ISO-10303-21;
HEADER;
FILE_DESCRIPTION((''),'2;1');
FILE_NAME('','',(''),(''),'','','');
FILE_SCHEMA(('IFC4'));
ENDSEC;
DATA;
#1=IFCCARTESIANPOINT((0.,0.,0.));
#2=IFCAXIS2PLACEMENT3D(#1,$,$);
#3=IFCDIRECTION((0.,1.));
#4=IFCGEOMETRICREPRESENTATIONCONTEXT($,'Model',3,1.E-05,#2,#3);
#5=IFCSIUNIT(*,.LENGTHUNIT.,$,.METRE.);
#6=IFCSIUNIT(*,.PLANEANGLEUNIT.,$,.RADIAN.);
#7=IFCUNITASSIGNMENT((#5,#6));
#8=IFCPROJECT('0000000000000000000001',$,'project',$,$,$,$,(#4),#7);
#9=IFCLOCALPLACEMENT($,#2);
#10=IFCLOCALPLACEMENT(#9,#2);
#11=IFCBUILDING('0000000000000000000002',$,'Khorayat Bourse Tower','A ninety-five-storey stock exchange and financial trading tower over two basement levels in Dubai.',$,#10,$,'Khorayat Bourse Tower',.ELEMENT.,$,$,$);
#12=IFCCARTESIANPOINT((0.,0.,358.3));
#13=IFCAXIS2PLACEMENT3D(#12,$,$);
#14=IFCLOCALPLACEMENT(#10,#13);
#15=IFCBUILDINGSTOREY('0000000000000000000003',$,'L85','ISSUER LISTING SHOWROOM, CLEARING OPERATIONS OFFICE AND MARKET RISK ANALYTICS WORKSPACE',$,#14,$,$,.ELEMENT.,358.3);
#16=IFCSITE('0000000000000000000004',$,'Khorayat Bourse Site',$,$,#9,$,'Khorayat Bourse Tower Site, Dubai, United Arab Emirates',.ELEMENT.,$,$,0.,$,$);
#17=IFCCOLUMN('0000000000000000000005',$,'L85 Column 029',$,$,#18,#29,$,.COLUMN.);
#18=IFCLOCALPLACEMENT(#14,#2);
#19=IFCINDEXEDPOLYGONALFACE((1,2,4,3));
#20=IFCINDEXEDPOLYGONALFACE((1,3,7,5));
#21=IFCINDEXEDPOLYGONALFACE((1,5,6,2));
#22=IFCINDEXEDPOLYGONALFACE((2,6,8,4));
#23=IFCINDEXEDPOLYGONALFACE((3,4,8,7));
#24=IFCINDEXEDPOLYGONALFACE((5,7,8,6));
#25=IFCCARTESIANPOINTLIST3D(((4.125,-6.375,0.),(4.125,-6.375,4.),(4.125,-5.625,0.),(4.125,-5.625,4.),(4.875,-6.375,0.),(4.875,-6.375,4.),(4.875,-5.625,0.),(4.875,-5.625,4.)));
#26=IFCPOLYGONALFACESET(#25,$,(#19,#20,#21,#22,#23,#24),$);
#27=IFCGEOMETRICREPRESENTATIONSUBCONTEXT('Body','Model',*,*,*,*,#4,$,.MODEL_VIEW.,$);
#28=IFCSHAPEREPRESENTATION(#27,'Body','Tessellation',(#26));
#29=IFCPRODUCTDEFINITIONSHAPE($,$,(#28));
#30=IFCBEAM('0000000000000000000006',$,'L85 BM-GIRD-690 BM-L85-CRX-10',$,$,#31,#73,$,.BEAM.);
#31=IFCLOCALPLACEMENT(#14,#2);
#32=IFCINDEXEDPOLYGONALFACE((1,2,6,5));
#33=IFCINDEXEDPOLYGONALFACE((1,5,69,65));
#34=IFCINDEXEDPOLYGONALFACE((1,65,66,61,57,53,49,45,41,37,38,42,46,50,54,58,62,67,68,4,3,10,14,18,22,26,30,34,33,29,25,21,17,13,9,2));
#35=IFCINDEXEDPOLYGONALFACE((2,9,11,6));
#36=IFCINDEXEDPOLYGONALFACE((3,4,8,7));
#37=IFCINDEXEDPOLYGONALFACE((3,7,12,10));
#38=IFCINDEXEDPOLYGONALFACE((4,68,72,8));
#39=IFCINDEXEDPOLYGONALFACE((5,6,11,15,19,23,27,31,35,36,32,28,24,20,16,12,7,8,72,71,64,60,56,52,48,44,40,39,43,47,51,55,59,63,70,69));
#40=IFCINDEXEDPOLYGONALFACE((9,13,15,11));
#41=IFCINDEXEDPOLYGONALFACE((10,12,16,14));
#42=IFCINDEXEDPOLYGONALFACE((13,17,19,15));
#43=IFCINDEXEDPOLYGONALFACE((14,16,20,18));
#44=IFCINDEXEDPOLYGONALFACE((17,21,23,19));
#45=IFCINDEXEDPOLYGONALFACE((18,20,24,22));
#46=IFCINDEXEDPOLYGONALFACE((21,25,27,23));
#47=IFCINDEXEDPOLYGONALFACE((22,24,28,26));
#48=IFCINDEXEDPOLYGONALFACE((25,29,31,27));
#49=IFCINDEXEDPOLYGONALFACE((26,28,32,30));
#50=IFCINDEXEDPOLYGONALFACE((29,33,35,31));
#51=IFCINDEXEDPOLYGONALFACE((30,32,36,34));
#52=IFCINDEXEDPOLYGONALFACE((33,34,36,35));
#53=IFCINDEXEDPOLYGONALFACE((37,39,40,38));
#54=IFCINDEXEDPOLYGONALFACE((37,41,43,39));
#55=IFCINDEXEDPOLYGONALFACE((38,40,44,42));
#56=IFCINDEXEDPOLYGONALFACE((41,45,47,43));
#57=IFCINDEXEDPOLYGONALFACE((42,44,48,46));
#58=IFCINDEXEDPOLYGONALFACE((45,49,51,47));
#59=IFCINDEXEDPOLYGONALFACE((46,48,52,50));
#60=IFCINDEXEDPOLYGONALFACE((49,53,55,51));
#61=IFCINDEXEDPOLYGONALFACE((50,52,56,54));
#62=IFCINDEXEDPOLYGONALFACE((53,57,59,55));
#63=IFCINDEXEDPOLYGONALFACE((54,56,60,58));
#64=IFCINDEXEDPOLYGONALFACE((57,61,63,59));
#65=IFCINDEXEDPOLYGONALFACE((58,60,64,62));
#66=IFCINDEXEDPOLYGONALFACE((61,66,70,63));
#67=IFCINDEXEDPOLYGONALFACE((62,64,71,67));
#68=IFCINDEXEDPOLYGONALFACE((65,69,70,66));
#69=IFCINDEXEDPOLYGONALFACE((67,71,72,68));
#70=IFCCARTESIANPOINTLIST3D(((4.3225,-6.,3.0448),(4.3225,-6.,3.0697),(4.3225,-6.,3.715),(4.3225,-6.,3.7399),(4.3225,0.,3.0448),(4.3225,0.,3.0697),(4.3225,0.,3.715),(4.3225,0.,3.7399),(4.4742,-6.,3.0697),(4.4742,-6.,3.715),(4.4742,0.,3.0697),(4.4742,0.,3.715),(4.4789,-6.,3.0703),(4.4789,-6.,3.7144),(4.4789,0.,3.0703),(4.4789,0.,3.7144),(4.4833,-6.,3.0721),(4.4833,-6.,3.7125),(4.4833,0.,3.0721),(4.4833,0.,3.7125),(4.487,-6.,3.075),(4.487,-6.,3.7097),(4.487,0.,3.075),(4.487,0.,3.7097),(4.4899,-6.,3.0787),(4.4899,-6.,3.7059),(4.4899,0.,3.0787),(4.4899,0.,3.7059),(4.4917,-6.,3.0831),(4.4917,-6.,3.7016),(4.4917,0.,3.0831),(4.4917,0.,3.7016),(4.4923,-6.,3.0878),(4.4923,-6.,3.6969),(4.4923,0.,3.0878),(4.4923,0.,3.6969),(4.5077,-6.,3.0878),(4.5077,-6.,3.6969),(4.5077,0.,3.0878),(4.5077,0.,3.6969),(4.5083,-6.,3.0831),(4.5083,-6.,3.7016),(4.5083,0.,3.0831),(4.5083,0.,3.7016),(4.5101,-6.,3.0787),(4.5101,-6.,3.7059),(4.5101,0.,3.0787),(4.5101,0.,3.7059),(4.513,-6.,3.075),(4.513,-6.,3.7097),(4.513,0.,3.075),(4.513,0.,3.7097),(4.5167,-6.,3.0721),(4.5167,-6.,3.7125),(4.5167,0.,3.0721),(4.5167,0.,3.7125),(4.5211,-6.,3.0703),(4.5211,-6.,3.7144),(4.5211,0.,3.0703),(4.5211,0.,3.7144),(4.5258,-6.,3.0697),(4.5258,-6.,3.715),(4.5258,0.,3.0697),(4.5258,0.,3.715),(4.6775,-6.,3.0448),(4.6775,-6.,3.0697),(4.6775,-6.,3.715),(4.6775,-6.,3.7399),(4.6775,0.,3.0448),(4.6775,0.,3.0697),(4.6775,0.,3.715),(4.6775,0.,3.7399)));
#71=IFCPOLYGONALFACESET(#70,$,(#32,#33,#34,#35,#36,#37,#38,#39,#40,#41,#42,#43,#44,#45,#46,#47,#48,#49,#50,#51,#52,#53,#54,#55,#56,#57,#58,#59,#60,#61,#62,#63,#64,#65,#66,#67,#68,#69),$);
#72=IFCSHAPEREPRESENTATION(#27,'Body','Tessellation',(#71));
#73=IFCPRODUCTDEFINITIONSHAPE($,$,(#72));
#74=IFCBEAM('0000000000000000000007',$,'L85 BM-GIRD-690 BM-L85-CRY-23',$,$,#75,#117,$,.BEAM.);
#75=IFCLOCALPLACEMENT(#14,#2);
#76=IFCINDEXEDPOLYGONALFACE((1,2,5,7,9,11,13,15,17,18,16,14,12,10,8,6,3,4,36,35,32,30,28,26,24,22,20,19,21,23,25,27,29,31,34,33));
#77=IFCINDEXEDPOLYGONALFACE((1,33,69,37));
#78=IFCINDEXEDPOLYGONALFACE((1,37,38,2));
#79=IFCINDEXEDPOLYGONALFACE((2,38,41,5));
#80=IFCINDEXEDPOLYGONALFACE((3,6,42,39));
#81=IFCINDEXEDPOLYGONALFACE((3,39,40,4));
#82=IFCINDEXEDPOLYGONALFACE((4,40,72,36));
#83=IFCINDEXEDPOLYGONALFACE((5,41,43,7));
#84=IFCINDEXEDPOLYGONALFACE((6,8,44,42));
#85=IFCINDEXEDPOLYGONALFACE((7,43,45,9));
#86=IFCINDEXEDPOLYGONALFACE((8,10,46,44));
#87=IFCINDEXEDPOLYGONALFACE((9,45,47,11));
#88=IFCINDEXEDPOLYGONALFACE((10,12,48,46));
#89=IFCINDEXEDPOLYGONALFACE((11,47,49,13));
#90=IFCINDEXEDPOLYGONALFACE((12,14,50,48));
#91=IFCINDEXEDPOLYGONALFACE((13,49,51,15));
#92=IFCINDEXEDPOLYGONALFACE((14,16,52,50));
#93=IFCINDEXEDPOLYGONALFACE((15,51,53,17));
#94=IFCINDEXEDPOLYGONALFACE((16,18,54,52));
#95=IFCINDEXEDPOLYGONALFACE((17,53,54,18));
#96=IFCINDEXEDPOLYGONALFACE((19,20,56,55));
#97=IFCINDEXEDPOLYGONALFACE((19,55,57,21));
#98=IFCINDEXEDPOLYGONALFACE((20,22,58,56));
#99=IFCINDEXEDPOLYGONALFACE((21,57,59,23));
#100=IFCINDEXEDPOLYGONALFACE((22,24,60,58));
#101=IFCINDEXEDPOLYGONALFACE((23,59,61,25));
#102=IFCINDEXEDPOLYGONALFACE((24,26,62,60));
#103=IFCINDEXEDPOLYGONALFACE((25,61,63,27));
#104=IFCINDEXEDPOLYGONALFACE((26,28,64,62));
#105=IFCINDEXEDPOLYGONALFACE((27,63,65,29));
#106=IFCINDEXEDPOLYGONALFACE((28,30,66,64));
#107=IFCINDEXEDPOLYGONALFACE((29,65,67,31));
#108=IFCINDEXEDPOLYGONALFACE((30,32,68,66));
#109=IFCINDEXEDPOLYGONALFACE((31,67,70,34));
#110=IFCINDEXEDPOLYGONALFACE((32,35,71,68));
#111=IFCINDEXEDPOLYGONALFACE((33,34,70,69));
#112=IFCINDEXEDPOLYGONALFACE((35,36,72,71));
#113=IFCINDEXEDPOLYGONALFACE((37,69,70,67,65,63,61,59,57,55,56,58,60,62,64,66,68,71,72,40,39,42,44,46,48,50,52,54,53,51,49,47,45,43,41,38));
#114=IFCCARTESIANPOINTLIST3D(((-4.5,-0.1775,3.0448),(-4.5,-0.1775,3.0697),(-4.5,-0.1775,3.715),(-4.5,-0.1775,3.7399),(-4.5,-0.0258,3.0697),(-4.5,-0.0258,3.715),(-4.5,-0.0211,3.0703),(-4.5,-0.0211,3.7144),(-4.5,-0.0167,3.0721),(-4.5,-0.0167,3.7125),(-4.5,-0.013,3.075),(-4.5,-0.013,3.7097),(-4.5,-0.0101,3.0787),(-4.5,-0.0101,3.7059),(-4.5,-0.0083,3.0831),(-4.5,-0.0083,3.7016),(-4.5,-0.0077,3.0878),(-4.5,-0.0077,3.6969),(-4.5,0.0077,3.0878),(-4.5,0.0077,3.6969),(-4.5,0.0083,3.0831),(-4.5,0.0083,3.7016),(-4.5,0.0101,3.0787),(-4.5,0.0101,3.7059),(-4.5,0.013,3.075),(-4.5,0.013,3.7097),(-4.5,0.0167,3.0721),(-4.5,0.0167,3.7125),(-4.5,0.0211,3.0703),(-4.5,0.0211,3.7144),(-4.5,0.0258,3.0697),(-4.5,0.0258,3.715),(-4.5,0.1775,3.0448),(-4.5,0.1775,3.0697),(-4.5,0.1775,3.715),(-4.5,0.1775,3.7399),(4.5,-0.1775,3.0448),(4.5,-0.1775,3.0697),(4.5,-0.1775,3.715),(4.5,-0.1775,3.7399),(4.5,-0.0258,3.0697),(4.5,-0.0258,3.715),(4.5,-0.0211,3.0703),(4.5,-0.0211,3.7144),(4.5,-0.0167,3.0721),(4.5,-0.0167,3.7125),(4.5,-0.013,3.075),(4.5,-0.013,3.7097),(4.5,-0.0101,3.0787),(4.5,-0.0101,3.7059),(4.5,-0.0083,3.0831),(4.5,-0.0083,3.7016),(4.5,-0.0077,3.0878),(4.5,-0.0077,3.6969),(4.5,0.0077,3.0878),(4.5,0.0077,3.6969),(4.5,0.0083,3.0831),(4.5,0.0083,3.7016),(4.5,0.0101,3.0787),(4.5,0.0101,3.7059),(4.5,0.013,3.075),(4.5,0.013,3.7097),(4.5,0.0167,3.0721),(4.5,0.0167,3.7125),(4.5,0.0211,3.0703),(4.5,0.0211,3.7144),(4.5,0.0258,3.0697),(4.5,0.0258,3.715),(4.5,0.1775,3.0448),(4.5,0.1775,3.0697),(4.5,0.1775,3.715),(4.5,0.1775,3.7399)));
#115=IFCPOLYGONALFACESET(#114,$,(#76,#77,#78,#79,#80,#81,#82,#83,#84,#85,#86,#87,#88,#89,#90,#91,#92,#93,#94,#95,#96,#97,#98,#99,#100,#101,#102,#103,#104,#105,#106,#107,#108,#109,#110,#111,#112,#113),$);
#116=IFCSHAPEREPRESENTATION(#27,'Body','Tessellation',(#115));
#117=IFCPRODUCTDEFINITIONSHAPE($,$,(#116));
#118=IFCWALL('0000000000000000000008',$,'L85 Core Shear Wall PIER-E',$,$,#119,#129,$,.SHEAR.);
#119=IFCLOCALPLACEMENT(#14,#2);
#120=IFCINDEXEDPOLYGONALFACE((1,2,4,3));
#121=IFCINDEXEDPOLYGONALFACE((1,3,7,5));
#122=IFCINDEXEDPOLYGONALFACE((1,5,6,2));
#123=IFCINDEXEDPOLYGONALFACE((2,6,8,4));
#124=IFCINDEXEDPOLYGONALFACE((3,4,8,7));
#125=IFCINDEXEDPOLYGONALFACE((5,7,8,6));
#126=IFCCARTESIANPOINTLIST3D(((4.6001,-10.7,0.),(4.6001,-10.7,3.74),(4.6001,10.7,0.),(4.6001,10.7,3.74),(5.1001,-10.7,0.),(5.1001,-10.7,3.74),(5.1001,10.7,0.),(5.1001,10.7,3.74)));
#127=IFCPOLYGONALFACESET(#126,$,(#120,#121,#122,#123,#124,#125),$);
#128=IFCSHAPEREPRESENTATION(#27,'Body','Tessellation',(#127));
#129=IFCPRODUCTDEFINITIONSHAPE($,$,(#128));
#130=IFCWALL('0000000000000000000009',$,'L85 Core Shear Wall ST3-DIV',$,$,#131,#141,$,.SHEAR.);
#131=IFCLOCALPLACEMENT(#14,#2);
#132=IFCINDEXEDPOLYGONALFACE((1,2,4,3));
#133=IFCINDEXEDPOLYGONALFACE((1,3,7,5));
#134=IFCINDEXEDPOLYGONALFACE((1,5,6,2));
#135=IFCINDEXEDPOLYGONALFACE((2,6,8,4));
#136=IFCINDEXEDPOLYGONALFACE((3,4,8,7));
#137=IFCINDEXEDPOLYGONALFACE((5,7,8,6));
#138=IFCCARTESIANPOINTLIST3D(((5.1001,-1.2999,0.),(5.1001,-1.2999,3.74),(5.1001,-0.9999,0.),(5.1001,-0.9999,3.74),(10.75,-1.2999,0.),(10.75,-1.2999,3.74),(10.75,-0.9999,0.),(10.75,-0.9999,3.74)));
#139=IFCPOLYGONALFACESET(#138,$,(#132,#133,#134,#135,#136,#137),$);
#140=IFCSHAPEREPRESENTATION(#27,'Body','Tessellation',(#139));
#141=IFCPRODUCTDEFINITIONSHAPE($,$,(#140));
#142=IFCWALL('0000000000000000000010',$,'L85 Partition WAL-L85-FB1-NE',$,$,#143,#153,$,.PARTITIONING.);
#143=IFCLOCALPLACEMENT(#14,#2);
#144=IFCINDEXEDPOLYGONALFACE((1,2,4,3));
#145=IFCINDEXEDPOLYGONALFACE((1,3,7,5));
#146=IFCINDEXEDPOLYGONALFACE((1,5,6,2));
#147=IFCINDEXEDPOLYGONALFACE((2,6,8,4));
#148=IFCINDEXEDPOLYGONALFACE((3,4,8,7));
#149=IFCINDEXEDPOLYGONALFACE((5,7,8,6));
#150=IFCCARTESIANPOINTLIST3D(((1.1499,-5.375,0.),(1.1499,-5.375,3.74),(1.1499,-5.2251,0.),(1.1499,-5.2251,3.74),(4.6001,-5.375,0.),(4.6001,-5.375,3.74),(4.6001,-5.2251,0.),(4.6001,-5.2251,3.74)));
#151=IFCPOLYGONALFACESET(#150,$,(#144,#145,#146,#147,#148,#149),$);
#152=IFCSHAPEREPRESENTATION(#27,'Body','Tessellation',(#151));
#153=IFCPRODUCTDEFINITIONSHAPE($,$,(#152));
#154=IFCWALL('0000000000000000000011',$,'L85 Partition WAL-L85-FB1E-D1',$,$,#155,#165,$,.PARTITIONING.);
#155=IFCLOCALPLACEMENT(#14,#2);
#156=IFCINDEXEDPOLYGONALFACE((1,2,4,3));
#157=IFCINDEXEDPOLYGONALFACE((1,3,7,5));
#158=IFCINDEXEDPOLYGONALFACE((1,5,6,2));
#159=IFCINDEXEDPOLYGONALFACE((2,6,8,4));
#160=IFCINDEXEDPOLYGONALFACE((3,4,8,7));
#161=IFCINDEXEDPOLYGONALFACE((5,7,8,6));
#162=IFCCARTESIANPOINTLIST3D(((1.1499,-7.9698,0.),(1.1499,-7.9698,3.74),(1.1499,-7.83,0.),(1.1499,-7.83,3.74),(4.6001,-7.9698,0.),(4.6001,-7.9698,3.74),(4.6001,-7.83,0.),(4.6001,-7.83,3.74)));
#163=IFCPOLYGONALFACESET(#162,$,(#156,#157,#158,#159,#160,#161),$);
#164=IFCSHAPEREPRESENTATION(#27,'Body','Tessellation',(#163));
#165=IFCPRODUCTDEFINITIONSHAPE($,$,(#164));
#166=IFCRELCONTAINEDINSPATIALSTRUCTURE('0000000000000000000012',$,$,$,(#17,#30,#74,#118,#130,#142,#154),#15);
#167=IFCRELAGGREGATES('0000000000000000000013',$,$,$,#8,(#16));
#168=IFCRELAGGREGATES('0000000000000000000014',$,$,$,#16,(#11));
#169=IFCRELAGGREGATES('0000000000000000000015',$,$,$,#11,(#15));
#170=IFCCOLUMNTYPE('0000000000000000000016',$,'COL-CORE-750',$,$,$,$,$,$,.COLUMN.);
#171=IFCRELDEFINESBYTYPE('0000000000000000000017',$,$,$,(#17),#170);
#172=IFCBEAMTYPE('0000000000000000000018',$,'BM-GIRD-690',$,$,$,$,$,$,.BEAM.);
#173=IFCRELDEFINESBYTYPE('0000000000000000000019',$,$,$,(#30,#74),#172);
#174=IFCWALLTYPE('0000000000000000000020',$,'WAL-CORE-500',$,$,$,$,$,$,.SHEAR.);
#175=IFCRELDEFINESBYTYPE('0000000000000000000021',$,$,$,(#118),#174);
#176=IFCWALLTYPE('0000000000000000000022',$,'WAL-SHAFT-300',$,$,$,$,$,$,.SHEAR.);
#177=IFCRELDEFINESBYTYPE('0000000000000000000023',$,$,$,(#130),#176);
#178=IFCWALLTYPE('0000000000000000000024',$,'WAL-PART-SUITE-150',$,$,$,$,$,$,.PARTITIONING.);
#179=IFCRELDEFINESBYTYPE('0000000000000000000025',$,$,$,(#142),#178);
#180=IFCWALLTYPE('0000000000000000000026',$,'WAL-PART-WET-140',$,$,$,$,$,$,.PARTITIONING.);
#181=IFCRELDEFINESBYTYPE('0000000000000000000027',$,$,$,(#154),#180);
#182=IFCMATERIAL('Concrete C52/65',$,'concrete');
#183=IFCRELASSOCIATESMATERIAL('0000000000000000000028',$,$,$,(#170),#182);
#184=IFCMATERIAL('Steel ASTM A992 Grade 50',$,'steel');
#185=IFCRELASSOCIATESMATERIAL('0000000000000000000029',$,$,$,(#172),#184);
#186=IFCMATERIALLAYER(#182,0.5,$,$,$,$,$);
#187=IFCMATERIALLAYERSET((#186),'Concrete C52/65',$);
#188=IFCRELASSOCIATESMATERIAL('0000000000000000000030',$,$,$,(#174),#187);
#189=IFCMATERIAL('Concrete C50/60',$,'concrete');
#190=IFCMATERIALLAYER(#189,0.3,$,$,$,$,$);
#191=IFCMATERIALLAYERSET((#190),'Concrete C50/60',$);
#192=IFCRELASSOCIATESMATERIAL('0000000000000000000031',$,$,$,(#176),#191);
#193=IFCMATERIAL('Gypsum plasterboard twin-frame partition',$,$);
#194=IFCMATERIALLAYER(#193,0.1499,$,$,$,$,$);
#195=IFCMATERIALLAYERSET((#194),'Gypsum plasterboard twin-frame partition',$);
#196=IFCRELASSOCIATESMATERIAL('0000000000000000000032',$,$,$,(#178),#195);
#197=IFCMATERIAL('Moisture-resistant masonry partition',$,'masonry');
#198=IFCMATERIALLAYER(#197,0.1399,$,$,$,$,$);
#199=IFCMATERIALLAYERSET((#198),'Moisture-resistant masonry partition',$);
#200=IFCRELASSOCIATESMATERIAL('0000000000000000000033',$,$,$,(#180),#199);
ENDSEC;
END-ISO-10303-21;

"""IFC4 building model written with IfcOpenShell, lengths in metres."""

from ifc_helpers import new_model, si_unit, direction, frame, frame_2d, origin, origin_2d, place, context, subcontext, project, spatial, rectangle, i_section, extrude, source, transform, mapped, material, layer, layer_set, material_profile, profile_set, type_object, element, save


model = new_model("IFC4")

# Units and contexts
model_context = context("Model", 3, precision=1e-05, world=origin(), true_north=direction((0.0, 1.0)))
body_context = subcontext(model_context, "Body", "Model", "MODEL_VIEW")
ifc_project = project(units=[si_unit("LENGTHUNIT", "METRE"), si_unit("PLANEANGLEUNIT", "RADIAN")], contexts=[model_context])

# Site, building, storey
site_placement = place(None, origin())
site = spatial("IfcSite", under=ifc_project, at=site_placement, Name="Khorayat Bourse Site", LongName="Khorayat Bourse Tower Site, Dubai, United Arab Emirates", CompositionType="ELEMENT", RefElevation=0.0)
building_placement = place(site_placement, origin())
building = spatial("IfcBuilding", under=site, at=building_placement, Name="Khorayat Bourse Tower", Description="A ninety-five-storey stock exchange and financial trading tower over two basement levels in Dubai.", LongName="Khorayat Bourse Tower", CompositionType="ELEMENT")
storey_placement = place(building_placement, frame((0.0, 0.0, 358.3)))
storey = spatial("IfcBuildingStorey", under=building, at=storey_placement, Name="L85", Description="ISSUER LISTING SHOWROOM, CLEARING OPERATIONS OFFICE AND MARKET RISK ANALYTICS WORKSPACE", CompositionType="ELEMENT", Elevation=358.3)

# Column
ifc_material_1 = material(Name="Concrete C52/65", Category="concrete")
ifc_material_profile_1 = material_profile(ifc_material_1, rectangle(XDim=0.75, YDim=0.75, at=origin_2d()), Name="RC 750x750")
ifc_profile_set_1 = profile_set([ifc_material_profile_1], Name="Concrete C52/65")
column_type = type_object("IfcColumnType", Name="COL-CORE-750", PredefinedType="COLUMN", material=ifc_profile_set_1)
shared_shape_1 = source(origin(), body_context, "Body", "SweptSolid", [
    extrude(rectangle(XDim=0.75, YDim=0.75, at=origin_2d()), origin(), (0.0, 0.0, 1.0), 4.0),
])
column_placement = place(storey_placement, frame((4.5, -6.0, 0.0), z_axis=(0.0, 0.0, 1.0), x_axis=(1.0, 0.0, 0.0)))
element("IfcColumn", 1, at=column_placement, inside=storey, type_object=column_type, Name="L85 Column 029", PredefinedType="COLUMN", context=body_context, shape_type="MappedRepresentation", body=[
    mapped(shared_shape_1, transform((0.0, 0.0, 0.0), scale=1.0)),
])

# Beams
ifc_material_2 = material(Name="Steel ASTM A992 Grade 50", Category="steel")
ifc_material_profile_2 = material_profile(ifc_material_2, i_section(OverallWidth=0.355, OverallDepth=0.6951, WebThickness=0.0154, FlangeThickness=0.0249, FilletRadius=0.0181, at=origin_2d()), Name="W690X217")
ifc_profile_set_2 = profile_set([ifc_material_profile_2], Name="Steel ASTM A992 Grade 50")
beam_type = type_object("IfcBeamType", Name="BM-GIRD-690", PredefinedType="BEAM", material=ifc_profile_set_2)
shared_shape_2 = source(origin(), body_context, "Body", "SweptSolid", [
    extrude(i_section(OverallWidth=0.355, OverallDepth=0.6951, WebThickness=0.0154, FlangeThickness=0.0249, FilletRadius=0.0181, at=origin_2d()), origin(), (0.0, 0.0, 1.0), 6.0),
])
beam_1_placement = place(storey_placement, frame((4.5, -6.0, 3.3923), z_axis=(0.0, 1.0, 0.0), x_axis=(-1.0, 0.0, 0.0)))
element("IfcBeam", 2, at=beam_1_placement, inside=storey, type_object=beam_type, Name="L85 BM-GIRD-690 BM-L85-CRX-10", PredefinedType="BEAM", context=body_context, shape_type="MappedRepresentation", body=[
    mapped(shared_shape_2, transform((0.0, 0.0, 0.0), scale=1.0)),
])
shared_shape_3 = source(origin(), body_context, "Body", "SweptSolid", [
    extrude(i_section(OverallWidth=0.355, OverallDepth=0.6951, WebThickness=0.0154, FlangeThickness=0.0249, FilletRadius=0.0181, at=origin_2d()), origin(), (0.0, 0.0, 1.0), 9.0),
])
beam_2_placement = place(storey_placement, frame((-4.5, 0.0, 3.3923), z_axis=(1.0, 0.0, 0.0), x_axis=(0.0, 1.0, 0.0)))
element("IfcBeam", 3, at=beam_2_placement, inside=storey, type_object=beam_type, Name="L85 BM-GIRD-690 BM-L85-CRY-23", PredefinedType="BEAM", context=body_context, shape_type="MappedRepresentation", body=[
    mapped(shared_shape_3, transform((0.0, 0.0, 0.0), scale=1.0)),
])

# Walls
ifc_layer_1 = layer(ifc_material_1, 0.5)
ifc_layer_set_1 = layer_set([ifc_layer_1], Name="Concrete C52/65")
wall_type_1 = type_object("IfcWallType", Name="WAL-CORE-500", PredefinedType="SHEAR", material=ifc_layer_set_1)
shared_shape_4 = source(origin(), body_context, "Body", "SweptSolid", [
    extrude(rectangle(XDim=21.3999, YDim=0.5, at=frame_2d((10.7, 0.0))), origin(), (0.0, 0.0, 1.0), 3.74),
])
wall_1_placement = place(storey_placement, frame((4.8501, -10.7, 0.0), z_axis=(0.0, 0.0, 1.0), x_axis=(0.0, 1.0, 0.0)))
element("IfcWall", 4, at=wall_1_placement, inside=storey, type_object=wall_type_1, Name="L85 Core Shear Wall PIER-E", PredefinedType="SHEAR", context=body_context, shape_type="MappedRepresentation", body=[
    mapped(shared_shape_4, transform((0.0, 0.0, 0.0), scale=1.0)),
])
ifc_material_3 = material(Name="Concrete C50/60", Category="concrete")
ifc_layer_2 = layer(ifc_material_3, 0.3)
ifc_layer_set_2 = layer_set([ifc_layer_2], Name="Concrete C50/60")
wall_type_2 = type_object("IfcWallType", Name="WAL-SHAFT-300", PredefinedType="SHEAR", material=ifc_layer_set_2)
shared_shape_5 = source(origin(), body_context, "Body", "SweptSolid", [
    extrude(rectangle(XDim=5.6499, YDim=0.3, at=frame_2d((2.825, 0.0))), origin(), (0.0, 0.0, 1.0), 3.74),
])
wall_2_placement = place(storey_placement, frame((5.1001, -1.1499, 0.0), z_axis=(0.0, 0.0, 1.0), x_axis=(1.0, 0.0, 0.0)))
element("IfcWall", 5, at=wall_2_placement, inside=storey, type_object=wall_type_2, Name="L85 Core Shear Wall ST3-DIV", PredefinedType="SHEAR", context=body_context, shape_type="MappedRepresentation", body=[
    mapped(shared_shape_5, transform((0.0, 0.0, 0.0), scale=1.0)),
])
ifc_material_4 = material(Name="Gypsum plasterboard twin-frame partition")
ifc_layer_3 = layer(ifc_material_4, 0.1499)
ifc_layer_set_3 = layer_set([ifc_layer_3], Name="Gypsum plasterboard twin-frame partition")
wall_type_3 = type_object("IfcWallType", Name="WAL-PART-SUITE-150", PredefinedType="PARTITIONING", material=ifc_layer_set_3)
shared_shape_6 = source(origin(), body_context, "Body", "SweptSolid", [
    extrude(rectangle(XDim=3.4502, YDim=0.1499, at=frame_2d((1.7251, 0.0))), origin(), (0.0, 0.0, 1.0), 3.74),
])
wall_3_placement = place(storey_placement, frame((1.1499, -5.3, 0.0), z_axis=(0.0, 0.0, 1.0), x_axis=(1.0, 0.0, 0.0)))
element("IfcWall", 6, at=wall_3_placement, inside=storey, type_object=wall_type_3, Name="L85 Partition WAL-L85-FB1-NE", PredefinedType="PARTITIONING", context=body_context, shape_type="MappedRepresentation", body=[
    mapped(shared_shape_6, transform((0.0, 0.0, 0.0), scale=1.0)),
])
ifc_material_5 = material(Name="Moisture-resistant masonry partition", Category="masonry")
ifc_layer_4 = layer(ifc_material_5, 0.1399)
ifc_layer_set_4 = layer_set([ifc_layer_4], Name="Moisture-resistant masonry partition")
wall_type_4 = type_object("IfcWallType", Name="WAL-PART-WET-140", PredefinedType="PARTITIONING", material=ifc_layer_set_4)
shared_shape_7 = source(origin(), body_context, "Body", "SweptSolid", [
    extrude(rectangle(XDim=3.4502, YDim=0.1399, at=frame_2d((1.7251, 0.0))), origin(), (0.0, 0.0, 1.0), 3.74),
])
wall_4_placement = place(storey_placement, frame((1.1499, -7.8999, 0.0), z_axis=(0.0, 0.0, 1.0), x_axis=(1.0, 0.0, 0.0)))
element("IfcWall", 7, at=wall_4_placement, inside=storey, type_object=wall_type_4, Name="L85 Partition WAL-L85-FB1E-D1", PredefinedType="PARTITIONING", context=body_context, shape_type="MappedRepresentation", body=[
    mapped(shared_shape_7, transform((0.0, 0.0, 0.0), scale=1.0)),
])

save(model, "model.ifc")
